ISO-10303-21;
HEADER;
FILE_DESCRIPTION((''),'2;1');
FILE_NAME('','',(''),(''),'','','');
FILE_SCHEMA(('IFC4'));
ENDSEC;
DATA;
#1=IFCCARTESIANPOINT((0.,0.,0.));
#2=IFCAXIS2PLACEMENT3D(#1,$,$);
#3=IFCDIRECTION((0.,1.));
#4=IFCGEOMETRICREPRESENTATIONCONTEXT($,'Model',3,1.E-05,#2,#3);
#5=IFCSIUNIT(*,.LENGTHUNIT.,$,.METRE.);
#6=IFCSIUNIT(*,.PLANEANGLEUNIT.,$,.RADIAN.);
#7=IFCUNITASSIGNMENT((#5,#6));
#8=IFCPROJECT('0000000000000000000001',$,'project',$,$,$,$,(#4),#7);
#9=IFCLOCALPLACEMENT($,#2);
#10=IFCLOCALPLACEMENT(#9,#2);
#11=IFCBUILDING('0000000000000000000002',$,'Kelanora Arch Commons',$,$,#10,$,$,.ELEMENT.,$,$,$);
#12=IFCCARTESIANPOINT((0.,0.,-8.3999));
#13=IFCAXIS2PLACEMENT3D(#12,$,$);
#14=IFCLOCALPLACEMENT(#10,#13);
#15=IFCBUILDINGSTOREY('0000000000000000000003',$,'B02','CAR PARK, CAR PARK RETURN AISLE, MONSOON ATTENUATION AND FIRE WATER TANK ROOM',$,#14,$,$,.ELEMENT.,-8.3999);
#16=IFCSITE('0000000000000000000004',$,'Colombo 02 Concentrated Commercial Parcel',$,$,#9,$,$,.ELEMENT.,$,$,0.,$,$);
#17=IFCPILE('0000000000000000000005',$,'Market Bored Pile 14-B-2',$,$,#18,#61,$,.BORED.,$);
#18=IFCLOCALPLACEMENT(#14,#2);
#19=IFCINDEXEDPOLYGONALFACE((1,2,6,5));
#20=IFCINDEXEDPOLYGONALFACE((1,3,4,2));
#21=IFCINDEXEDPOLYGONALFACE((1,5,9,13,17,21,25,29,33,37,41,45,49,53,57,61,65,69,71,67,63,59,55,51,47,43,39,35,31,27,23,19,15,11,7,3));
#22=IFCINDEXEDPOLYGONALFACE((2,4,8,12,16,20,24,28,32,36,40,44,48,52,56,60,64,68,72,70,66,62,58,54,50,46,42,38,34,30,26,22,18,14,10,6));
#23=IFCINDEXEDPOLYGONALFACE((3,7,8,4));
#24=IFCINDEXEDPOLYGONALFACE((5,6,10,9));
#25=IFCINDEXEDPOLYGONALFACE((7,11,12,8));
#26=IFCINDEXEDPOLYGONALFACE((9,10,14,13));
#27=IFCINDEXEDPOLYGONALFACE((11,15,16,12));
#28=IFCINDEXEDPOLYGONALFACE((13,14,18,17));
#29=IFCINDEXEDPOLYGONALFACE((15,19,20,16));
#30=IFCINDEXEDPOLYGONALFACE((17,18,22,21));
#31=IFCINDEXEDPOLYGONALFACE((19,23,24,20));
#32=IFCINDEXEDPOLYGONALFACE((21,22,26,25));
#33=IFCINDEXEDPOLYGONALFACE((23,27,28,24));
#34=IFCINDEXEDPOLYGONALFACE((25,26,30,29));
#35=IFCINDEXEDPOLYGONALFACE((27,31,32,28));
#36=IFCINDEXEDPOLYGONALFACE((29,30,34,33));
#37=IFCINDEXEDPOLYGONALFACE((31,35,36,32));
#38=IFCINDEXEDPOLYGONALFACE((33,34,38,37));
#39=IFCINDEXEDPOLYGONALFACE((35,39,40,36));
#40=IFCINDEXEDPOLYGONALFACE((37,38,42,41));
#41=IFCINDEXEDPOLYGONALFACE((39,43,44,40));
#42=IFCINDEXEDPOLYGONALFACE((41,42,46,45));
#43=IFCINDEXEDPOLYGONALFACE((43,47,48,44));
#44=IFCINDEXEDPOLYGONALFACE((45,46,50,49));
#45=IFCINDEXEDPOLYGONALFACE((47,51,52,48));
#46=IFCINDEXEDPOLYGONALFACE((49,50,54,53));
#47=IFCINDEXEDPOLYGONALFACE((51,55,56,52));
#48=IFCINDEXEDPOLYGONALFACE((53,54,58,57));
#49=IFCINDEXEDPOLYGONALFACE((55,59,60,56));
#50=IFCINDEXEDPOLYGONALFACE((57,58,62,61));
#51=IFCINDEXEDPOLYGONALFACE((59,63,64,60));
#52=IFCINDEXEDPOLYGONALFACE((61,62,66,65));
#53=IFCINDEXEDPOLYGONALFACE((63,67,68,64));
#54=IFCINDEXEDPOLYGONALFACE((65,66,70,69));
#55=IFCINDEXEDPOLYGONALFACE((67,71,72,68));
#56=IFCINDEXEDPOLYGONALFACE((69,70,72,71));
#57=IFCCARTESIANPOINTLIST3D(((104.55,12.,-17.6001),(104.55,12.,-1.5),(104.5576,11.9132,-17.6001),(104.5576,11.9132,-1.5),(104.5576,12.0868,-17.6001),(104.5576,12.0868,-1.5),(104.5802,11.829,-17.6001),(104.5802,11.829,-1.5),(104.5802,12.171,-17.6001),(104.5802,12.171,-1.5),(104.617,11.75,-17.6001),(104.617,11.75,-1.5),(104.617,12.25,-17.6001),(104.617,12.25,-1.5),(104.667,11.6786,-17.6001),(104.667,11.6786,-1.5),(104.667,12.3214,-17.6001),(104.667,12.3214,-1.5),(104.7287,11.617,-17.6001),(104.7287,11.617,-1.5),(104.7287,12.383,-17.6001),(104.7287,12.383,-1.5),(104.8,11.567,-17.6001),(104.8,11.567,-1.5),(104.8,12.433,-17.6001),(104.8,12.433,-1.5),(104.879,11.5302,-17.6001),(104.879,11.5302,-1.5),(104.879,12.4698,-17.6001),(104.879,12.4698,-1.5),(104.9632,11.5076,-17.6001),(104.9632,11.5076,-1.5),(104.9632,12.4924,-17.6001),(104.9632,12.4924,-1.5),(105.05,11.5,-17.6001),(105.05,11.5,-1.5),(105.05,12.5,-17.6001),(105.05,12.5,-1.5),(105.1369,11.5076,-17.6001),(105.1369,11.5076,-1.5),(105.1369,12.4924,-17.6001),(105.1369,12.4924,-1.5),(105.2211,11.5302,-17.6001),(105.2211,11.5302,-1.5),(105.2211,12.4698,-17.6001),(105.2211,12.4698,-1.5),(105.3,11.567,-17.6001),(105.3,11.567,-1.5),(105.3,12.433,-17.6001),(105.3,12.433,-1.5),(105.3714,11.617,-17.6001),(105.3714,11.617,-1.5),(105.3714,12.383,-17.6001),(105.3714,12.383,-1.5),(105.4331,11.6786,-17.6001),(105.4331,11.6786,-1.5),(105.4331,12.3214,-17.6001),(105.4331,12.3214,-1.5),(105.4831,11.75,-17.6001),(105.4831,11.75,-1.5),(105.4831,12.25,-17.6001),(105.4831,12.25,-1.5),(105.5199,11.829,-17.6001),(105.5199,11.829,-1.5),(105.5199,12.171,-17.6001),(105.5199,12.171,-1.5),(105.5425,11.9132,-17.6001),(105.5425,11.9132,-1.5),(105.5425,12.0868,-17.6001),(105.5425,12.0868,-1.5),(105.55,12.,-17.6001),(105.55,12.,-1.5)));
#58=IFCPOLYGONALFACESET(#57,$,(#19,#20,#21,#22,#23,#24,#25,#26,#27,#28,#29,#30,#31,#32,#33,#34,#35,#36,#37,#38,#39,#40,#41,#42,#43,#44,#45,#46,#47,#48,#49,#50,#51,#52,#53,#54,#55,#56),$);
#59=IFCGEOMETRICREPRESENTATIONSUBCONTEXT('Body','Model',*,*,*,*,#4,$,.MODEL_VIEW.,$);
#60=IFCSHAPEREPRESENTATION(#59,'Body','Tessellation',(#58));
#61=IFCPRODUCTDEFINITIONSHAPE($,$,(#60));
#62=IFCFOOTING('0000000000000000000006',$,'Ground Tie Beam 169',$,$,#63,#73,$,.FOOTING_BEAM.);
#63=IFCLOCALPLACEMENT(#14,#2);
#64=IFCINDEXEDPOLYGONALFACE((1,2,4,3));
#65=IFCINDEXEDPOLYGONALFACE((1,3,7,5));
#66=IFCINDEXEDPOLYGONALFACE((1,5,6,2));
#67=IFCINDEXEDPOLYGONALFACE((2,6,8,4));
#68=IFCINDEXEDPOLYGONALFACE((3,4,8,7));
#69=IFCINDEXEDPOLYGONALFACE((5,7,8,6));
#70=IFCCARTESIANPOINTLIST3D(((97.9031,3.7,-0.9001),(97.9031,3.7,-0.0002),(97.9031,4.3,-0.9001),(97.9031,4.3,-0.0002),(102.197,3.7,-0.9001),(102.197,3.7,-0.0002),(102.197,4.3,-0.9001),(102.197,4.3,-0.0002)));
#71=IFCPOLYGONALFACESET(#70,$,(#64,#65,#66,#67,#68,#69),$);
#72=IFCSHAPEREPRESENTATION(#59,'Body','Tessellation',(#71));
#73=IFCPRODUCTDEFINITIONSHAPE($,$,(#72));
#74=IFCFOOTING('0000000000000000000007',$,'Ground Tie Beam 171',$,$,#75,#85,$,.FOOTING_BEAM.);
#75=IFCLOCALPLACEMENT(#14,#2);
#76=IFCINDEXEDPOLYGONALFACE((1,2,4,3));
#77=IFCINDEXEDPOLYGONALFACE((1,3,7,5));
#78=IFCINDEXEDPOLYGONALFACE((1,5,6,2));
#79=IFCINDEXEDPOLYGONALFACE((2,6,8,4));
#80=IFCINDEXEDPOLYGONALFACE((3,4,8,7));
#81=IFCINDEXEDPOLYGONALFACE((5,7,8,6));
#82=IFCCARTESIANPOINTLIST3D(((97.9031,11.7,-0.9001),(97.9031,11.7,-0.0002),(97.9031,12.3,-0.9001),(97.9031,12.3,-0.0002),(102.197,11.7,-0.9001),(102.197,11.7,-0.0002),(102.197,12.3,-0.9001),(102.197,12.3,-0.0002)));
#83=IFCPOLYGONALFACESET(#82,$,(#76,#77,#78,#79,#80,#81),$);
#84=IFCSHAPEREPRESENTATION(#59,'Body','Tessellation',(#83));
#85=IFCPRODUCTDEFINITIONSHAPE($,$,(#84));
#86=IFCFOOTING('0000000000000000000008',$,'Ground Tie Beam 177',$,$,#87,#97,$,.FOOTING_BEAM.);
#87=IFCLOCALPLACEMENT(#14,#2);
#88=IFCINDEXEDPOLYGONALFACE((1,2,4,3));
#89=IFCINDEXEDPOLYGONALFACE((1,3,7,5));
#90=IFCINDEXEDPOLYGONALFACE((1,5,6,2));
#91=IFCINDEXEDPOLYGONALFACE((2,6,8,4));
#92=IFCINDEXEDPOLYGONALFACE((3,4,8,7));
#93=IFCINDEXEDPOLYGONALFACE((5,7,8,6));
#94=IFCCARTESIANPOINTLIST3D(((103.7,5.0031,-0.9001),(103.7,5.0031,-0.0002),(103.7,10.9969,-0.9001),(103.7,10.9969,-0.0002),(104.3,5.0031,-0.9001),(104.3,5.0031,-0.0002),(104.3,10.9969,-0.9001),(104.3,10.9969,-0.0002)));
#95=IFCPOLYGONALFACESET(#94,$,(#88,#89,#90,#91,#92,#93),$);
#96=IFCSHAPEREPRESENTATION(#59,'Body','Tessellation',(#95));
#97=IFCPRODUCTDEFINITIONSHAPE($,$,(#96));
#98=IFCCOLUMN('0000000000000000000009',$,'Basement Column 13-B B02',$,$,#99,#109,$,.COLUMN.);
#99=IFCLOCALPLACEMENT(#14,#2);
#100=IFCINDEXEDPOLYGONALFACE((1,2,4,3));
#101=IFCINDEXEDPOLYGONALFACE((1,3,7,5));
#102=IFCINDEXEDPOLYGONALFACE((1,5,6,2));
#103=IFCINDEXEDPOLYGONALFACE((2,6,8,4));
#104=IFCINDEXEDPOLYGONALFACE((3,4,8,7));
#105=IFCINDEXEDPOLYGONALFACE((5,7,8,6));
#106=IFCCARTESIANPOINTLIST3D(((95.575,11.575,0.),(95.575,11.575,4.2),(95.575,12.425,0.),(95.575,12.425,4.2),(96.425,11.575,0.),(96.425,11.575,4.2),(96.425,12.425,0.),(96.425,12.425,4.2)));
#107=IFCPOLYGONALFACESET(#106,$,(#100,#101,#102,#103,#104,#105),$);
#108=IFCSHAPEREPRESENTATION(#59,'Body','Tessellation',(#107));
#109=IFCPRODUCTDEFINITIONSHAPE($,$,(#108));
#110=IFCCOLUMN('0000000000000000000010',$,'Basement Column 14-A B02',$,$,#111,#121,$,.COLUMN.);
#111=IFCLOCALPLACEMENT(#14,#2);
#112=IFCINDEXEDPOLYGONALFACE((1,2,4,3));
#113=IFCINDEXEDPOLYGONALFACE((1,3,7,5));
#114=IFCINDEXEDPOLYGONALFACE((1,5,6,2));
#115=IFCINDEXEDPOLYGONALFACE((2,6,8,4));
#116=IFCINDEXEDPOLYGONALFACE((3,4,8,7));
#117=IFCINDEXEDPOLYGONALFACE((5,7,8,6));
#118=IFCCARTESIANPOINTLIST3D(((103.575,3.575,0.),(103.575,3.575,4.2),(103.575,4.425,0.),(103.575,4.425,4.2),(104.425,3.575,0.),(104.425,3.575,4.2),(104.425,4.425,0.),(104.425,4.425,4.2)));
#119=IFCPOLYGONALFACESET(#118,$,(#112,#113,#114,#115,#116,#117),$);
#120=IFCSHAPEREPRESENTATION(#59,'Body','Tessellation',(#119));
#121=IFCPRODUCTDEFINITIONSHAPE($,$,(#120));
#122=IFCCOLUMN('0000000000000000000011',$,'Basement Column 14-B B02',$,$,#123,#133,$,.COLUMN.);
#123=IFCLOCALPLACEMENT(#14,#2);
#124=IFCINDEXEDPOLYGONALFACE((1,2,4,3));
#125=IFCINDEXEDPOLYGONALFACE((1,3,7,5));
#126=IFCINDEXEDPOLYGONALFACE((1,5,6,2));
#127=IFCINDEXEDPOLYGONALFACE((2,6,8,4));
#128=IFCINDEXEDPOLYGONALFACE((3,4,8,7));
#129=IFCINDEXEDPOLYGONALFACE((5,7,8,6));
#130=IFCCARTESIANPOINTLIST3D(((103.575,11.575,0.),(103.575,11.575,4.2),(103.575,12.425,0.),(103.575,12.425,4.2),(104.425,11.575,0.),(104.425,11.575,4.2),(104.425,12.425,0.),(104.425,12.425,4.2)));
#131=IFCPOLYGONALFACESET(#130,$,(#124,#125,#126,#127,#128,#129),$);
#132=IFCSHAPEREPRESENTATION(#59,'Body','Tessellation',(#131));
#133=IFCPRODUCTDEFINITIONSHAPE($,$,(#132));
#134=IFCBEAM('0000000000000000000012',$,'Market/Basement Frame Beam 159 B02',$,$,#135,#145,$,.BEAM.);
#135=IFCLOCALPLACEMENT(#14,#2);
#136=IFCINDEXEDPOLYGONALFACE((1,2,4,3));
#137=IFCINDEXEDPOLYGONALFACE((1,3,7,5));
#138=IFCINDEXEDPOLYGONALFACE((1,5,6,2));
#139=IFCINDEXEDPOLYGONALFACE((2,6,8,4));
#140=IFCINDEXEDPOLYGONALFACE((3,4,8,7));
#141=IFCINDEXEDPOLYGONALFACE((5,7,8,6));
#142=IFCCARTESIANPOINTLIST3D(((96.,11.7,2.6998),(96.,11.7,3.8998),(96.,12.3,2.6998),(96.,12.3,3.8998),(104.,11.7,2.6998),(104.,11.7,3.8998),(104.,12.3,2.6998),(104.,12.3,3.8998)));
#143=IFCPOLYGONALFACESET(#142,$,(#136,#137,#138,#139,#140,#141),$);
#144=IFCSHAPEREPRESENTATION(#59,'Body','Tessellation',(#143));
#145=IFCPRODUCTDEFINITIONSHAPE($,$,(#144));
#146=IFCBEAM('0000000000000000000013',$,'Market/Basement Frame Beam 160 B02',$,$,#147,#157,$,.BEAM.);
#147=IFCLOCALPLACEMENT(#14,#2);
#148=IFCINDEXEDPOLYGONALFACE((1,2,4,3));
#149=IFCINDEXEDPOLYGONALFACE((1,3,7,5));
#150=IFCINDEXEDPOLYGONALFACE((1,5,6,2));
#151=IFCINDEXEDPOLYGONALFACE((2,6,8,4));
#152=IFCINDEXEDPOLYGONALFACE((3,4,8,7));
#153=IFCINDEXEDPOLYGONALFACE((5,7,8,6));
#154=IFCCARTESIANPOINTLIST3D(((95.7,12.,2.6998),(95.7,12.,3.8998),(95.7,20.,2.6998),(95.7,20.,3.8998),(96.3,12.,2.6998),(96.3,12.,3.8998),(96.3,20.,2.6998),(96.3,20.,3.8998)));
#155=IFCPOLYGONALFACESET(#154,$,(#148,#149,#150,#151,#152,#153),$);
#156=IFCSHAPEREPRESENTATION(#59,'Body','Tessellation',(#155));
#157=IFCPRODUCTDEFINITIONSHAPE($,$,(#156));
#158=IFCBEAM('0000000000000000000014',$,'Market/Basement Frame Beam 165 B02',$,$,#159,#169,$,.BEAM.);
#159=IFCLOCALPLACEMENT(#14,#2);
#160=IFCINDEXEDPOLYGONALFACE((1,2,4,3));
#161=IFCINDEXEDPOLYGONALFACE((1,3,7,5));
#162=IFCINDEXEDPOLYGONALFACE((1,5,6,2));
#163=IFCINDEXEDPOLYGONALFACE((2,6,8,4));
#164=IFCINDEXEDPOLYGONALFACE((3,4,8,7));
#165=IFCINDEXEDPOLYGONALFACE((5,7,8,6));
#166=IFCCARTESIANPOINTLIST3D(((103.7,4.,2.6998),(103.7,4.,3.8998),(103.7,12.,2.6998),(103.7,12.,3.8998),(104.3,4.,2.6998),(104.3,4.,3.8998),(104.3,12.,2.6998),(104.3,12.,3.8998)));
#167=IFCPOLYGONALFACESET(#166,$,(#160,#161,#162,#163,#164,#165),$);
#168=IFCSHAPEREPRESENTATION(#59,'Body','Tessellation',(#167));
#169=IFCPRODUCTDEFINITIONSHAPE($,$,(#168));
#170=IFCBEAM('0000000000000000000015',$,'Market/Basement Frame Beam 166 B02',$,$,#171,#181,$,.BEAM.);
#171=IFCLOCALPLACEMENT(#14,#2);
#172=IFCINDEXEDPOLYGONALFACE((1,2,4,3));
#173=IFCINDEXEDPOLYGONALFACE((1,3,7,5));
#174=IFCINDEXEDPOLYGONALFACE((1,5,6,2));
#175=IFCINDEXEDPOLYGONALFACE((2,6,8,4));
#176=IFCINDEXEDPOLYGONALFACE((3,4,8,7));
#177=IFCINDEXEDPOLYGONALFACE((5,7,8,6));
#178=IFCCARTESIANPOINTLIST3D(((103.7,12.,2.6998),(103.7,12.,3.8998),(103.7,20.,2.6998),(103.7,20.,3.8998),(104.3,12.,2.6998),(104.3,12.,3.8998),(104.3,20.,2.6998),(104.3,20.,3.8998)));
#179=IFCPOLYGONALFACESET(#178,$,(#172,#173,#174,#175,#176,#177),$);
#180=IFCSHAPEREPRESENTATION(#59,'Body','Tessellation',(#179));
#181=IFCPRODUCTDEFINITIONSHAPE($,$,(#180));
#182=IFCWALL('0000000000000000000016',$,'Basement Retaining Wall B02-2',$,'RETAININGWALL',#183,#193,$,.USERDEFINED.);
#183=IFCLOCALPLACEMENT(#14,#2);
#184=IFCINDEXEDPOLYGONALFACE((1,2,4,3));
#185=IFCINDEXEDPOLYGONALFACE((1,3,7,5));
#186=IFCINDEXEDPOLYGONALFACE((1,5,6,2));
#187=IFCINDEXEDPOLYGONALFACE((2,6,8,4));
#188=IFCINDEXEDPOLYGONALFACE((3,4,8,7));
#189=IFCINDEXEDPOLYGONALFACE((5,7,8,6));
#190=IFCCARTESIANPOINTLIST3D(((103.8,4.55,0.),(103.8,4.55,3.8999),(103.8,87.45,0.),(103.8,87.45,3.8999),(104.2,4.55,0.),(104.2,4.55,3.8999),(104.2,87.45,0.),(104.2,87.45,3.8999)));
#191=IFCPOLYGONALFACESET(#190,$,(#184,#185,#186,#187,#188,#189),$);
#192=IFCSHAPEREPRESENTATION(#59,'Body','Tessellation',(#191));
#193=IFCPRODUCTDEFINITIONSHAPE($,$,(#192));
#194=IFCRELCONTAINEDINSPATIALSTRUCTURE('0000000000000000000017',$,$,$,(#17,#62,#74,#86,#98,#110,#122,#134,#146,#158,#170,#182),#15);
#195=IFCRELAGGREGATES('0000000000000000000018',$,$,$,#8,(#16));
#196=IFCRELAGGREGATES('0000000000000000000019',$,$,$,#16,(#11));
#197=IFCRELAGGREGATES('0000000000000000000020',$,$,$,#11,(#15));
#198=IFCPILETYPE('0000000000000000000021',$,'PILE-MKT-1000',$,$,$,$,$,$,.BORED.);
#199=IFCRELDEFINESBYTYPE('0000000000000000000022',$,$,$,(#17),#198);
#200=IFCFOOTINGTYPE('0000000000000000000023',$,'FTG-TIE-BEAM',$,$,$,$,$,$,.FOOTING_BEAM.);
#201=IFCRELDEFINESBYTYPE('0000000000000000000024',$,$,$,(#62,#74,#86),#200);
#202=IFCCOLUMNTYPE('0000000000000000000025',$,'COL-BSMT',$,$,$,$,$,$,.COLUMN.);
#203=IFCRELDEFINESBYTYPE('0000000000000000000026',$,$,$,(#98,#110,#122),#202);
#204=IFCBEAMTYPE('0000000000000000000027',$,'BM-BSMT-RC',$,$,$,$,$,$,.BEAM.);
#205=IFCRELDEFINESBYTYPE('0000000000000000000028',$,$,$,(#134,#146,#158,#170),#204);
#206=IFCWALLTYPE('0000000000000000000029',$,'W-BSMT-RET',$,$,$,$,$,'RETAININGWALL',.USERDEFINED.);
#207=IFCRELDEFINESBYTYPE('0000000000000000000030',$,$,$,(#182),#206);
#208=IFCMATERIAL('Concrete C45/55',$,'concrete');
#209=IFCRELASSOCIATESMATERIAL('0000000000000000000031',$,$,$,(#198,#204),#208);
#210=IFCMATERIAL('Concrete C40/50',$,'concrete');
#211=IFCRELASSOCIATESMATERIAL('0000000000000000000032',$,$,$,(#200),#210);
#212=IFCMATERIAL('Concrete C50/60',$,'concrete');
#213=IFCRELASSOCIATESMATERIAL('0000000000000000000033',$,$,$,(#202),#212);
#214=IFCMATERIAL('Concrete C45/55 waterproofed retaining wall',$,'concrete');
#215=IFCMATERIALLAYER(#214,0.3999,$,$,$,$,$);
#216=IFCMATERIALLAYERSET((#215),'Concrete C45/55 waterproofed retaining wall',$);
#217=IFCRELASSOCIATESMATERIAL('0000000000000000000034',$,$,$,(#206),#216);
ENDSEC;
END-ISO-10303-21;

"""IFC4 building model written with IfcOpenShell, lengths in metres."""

from ifc_helpers import new_model, si_unit, direction, frame, frame_2d, origin, origin_2d, place, context, subcontext, project, spatial, rectangle, circle, extrude, source, transform, mapped, material, layer, layer_set, material_profile, profile_set, type_object, element, save


model = new_model("IFC4")

# Units and contexts
model_context = context("Model", 3, precision=1e-05, world=origin(), true_north=direction((0.0, 1.0)))
body_context = subcontext(model_context, "Body", "Model", "MODEL_VIEW")
ifc_project = project(units=[si_unit("LENGTHUNIT", "METRE"), si_unit("PLANEANGLEUNIT", "RADIAN")], contexts=[model_context])

# Site, building, storey
site_placement = place(None, origin())
site = spatial("IfcSite", under=ifc_project, at=site_placement, Name="Colombo 02 Concentrated Commercial Parcel", CompositionType="ELEMENT", RefElevation=0.0)
building_placement = place(site_placement, origin())
building = spatial("IfcBuilding", under=site, at=building_placement, Name="Kelanora Arch Commons", CompositionType="ELEMENT")
storey_placement = place(building_placement, frame((0.0, 0.0, -8.3999)))
storey = spatial("IfcBuildingStorey", under=building, at=storey_placement, Name="B02", Description="CAR PARK, CAR PARK RETURN AISLE, MONSOON ATTENUATION AND FIRE WATER TANK ROOM", CompositionType="ELEMENT", Elevation=-8.3999)

# Shared definitions
ifc_material_1 = material(Name="Concrete C40/50", Category="concrete")

# Shared definitions
ifc_material_2 = material(Name="Concrete C45/55", Category="concrete")
ifc_material_profile_1 = material_profile(ifc_material_2, circle(Radius=0.5, at=origin_2d()), Name="PILE1000")
ifc_profile_set_1 = profile_set([ifc_material_profile_1], Name="Concrete C45/55")
pile_type = type_object("IfcPileType", Name="PILE-MKT-1000", PredefinedType="BORED", material=ifc_profile_set_1)

# Pile
shared_shape_1 = source(origin(), body_context, "Body", "SweptSolid", [
    extrude(circle(Radius=0.5, at=origin_2d()), origin(), (0.0, 0.0, 1.0), 16.1001),
])
for number, where, z_axis, x_axis, name in (
    (1, (105.05, 12.0, -1.5), (0.0, 0.0, -1.0), (1.0, 0.0, 0.0), "Market Bored Pile 14-B-2"),
):
    element("IfcPile", number, at=place(storey_placement, frame(where, z_axis=z_axis, x_axis=x_axis)), inside=storey, type_object=pile_type, Name=name, PredefinedType="BORED", context=body_context, shape_type="MappedRepresentation", body=[
        mapped(shared_shape_1, transform((0.0, 0.0, 0.0), scale=1.0)),
    ])

# Footings
footing_type_1 = type_object("IfcFootingType", Name="FTG-TIE-BEAM", PredefinedType="FOOTING_BEAM", material=ifc_material_1)
shared_shape_2 = source(origin(), body_context, "Body", "SweptSolid", [
    extrude(rectangle(XDim=4.2939, YDim=0.6001, at=origin_2d()), origin(), (0.0, 0.0, 1.0), 0.8999),
])
for number, where, z_axis, x_axis, name in (
    (2, (100.05, 4.0, -0.9001), (0.0, 0.0, 1.0), (1.0, 0.0, 0.0), "Ground Tie Beam 169"),
    (3, (100.05, 12.0, -0.9001), (0.0, 0.0, 1.0), (1.0, 0.0, 0.0), "Ground Tie Beam 171"),
):
    element("IfcFooting", number, at=place(storey_placement, frame(where, z_axis=z_axis, x_axis=x_axis)), inside=storey, type_object=footing_type_1, Name=name, PredefinedType="FOOTING_BEAM", context=body_context, shape_type="MappedRepresentation", body=[
        mapped(shared_shape_2, transform((0.0, 0.0, 0.0), scale=1.0)),
    ])
shared_shape_3 = source(origin(), body_context, "Body", "SweptSolid", [
    extrude(rectangle(XDim=5.9939, YDim=0.6001, at=origin_2d()), origin(), (0.0, 0.0, 1.0), 0.8999),
])
footing_1_placement = place(storey_placement, frame((104.0, 8.0, -0.9001), z_axis=(0.0, 0.0, 1.0), x_axis=(0.0, 1.0, 0.0)))
element("IfcFooting", 4, at=footing_1_placement, inside=storey, type_object=footing_type_1, Name="Ground Tie Beam 177", PredefinedType="FOOTING_BEAM", context=body_context, shape_type="MappedRepresentation", body=[
    mapped(shared_shape_3, transform((0.0, 0.0, 0.0), scale=1.0)),
])

# Columns
ifc_material_3 = material(Name="Concrete C50/60", Category="concrete")
ifc_material_profile_2 = material_profile(ifc_material_3, rectangle(XDim=0.8501, YDim=0.8501, at=origin_2d()), Name="RC850x850")
ifc_profile_set_2 = profile_set([ifc_material_profile_2], Name="Concrete C50/60")
column_type = type_object("IfcColumnType", Name="COL-BSMT", PredefinedType="COLUMN", material=ifc_profile_set_2)
for number, where, z_axis, x_axis, name in (
    (5, (96.0, 12.0, 0.0), (0.0, 0.0, 1.0), (1.0, 0.0, 0.0), "Basement Column 13-B B02"),
    (6, (104.0, 4.0, 0.0), (0.0, 0.0, 1.0), (1.0, 0.0, 0.0), "Basement Column 14-A B02"),
    (7, (104.0, 12.0, 0.0), (0.0, 0.0, 1.0), (1.0, 0.0, 0.0), "Basement Column 14-B B02"),
):
    element("IfcColumn", number, at=place(storey_placement, frame(where, z_axis=z_axis, x_axis=x_axis)), inside=storey, type_object=column_type, Name=name, PredefinedType="COLUMN", context=body_context, shape_type="SweptSolid", body=[
        extrude(rectangle(XDim=0.8501, YDim=0.8501, at=origin_2d()), origin(), (0.0, 0.0, 1.0), 4.2),
    ])

# Beams
ifc_material_profile_3 = material_profile(ifc_material_2, rectangle(XDim=0.6001, YDim=1.2, at=origin_2d()), Name="RCB600x1200")
ifc_profile_set_3 = profile_set([ifc_material_profile_3], Name="Concrete C45/55")
beam_type = type_object("IfcBeamType", Name="BM-BSMT-RC", PredefinedType="BEAM", material=ifc_profile_set_3)
for number, where, z_axis, x_axis, name in (
    (8, (96.0, 12.0, 3.2998), (1.0, 0.0, 0.0), (0.0, 1.0, 0.0), "Market/Basement Frame Beam 159 B02"),
    (9, (96.0, 12.0, 3.2998), (0.0, 1.0, 0.0), (-1.0, 0.0, 0.0), "Market/Basement Frame Beam 160 B02"),
    (10, (104.0, 4.0, 3.2998), (0.0, 1.0, 0.0), (-1.0, 0.0, 0.0), "Market/Basement Frame Beam 165 B02"),
    (11, (104.0, 12.0, 3.2998), (0.0, 1.0, 0.0), (-1.0, 0.0, 0.0), "Market/Basement Frame Beam 166 B02"),
):
    element("IfcBeam", number, at=place(storey_placement, frame(where, z_axis=z_axis, x_axis=x_axis)), inside=storey, type_object=beam_type, Name=name, PredefinedType="BEAM", context=body_context, shape_type="SweptSolid", body=[
        extrude(rectangle(XDim=0.6001, YDim=1.2, at=origin_2d()), origin(), (0.0, 0.0, 1.0), 8.0),
    ])

# Wall
ifc_material_4 = material(Name="Concrete C45/55 waterproofed retaining wall", Category="concrete")
ifc_layer = layer(ifc_material_4, 0.3999)
ifc_layer_set = layer_set([ifc_layer], Name="Concrete C45/55 waterproofed retaining wall")
wall_type = type_object("IfcWallType", Name="W-BSMT-RET", ElementType="RETAININGWALL", PredefinedType="USERDEFINED", material=ifc_layer_set)
wall_placement = place(storey_placement, frame((104.0, 4.55, 0.0), z_axis=(0.0, 0.0, 1.0), x_axis=(0.0, 1.0, 0.0)))
element("IfcWall", 12, at=wall_placement, inside=storey, type_object=wall_type, Name="Basement Retaining Wall B02-2", ObjectType="RETAININGWALL", PredefinedType="USERDEFINED", context=body_context, shape_type="SweptSolid", body=[
    extrude(rectangle(XDim=82.8999, YDim=0.3999, at=frame_2d((41.45, 0.0))), origin(), (0.0, 0.0, 1.0), 3.8999),
])

save(model, "model.ifc")
